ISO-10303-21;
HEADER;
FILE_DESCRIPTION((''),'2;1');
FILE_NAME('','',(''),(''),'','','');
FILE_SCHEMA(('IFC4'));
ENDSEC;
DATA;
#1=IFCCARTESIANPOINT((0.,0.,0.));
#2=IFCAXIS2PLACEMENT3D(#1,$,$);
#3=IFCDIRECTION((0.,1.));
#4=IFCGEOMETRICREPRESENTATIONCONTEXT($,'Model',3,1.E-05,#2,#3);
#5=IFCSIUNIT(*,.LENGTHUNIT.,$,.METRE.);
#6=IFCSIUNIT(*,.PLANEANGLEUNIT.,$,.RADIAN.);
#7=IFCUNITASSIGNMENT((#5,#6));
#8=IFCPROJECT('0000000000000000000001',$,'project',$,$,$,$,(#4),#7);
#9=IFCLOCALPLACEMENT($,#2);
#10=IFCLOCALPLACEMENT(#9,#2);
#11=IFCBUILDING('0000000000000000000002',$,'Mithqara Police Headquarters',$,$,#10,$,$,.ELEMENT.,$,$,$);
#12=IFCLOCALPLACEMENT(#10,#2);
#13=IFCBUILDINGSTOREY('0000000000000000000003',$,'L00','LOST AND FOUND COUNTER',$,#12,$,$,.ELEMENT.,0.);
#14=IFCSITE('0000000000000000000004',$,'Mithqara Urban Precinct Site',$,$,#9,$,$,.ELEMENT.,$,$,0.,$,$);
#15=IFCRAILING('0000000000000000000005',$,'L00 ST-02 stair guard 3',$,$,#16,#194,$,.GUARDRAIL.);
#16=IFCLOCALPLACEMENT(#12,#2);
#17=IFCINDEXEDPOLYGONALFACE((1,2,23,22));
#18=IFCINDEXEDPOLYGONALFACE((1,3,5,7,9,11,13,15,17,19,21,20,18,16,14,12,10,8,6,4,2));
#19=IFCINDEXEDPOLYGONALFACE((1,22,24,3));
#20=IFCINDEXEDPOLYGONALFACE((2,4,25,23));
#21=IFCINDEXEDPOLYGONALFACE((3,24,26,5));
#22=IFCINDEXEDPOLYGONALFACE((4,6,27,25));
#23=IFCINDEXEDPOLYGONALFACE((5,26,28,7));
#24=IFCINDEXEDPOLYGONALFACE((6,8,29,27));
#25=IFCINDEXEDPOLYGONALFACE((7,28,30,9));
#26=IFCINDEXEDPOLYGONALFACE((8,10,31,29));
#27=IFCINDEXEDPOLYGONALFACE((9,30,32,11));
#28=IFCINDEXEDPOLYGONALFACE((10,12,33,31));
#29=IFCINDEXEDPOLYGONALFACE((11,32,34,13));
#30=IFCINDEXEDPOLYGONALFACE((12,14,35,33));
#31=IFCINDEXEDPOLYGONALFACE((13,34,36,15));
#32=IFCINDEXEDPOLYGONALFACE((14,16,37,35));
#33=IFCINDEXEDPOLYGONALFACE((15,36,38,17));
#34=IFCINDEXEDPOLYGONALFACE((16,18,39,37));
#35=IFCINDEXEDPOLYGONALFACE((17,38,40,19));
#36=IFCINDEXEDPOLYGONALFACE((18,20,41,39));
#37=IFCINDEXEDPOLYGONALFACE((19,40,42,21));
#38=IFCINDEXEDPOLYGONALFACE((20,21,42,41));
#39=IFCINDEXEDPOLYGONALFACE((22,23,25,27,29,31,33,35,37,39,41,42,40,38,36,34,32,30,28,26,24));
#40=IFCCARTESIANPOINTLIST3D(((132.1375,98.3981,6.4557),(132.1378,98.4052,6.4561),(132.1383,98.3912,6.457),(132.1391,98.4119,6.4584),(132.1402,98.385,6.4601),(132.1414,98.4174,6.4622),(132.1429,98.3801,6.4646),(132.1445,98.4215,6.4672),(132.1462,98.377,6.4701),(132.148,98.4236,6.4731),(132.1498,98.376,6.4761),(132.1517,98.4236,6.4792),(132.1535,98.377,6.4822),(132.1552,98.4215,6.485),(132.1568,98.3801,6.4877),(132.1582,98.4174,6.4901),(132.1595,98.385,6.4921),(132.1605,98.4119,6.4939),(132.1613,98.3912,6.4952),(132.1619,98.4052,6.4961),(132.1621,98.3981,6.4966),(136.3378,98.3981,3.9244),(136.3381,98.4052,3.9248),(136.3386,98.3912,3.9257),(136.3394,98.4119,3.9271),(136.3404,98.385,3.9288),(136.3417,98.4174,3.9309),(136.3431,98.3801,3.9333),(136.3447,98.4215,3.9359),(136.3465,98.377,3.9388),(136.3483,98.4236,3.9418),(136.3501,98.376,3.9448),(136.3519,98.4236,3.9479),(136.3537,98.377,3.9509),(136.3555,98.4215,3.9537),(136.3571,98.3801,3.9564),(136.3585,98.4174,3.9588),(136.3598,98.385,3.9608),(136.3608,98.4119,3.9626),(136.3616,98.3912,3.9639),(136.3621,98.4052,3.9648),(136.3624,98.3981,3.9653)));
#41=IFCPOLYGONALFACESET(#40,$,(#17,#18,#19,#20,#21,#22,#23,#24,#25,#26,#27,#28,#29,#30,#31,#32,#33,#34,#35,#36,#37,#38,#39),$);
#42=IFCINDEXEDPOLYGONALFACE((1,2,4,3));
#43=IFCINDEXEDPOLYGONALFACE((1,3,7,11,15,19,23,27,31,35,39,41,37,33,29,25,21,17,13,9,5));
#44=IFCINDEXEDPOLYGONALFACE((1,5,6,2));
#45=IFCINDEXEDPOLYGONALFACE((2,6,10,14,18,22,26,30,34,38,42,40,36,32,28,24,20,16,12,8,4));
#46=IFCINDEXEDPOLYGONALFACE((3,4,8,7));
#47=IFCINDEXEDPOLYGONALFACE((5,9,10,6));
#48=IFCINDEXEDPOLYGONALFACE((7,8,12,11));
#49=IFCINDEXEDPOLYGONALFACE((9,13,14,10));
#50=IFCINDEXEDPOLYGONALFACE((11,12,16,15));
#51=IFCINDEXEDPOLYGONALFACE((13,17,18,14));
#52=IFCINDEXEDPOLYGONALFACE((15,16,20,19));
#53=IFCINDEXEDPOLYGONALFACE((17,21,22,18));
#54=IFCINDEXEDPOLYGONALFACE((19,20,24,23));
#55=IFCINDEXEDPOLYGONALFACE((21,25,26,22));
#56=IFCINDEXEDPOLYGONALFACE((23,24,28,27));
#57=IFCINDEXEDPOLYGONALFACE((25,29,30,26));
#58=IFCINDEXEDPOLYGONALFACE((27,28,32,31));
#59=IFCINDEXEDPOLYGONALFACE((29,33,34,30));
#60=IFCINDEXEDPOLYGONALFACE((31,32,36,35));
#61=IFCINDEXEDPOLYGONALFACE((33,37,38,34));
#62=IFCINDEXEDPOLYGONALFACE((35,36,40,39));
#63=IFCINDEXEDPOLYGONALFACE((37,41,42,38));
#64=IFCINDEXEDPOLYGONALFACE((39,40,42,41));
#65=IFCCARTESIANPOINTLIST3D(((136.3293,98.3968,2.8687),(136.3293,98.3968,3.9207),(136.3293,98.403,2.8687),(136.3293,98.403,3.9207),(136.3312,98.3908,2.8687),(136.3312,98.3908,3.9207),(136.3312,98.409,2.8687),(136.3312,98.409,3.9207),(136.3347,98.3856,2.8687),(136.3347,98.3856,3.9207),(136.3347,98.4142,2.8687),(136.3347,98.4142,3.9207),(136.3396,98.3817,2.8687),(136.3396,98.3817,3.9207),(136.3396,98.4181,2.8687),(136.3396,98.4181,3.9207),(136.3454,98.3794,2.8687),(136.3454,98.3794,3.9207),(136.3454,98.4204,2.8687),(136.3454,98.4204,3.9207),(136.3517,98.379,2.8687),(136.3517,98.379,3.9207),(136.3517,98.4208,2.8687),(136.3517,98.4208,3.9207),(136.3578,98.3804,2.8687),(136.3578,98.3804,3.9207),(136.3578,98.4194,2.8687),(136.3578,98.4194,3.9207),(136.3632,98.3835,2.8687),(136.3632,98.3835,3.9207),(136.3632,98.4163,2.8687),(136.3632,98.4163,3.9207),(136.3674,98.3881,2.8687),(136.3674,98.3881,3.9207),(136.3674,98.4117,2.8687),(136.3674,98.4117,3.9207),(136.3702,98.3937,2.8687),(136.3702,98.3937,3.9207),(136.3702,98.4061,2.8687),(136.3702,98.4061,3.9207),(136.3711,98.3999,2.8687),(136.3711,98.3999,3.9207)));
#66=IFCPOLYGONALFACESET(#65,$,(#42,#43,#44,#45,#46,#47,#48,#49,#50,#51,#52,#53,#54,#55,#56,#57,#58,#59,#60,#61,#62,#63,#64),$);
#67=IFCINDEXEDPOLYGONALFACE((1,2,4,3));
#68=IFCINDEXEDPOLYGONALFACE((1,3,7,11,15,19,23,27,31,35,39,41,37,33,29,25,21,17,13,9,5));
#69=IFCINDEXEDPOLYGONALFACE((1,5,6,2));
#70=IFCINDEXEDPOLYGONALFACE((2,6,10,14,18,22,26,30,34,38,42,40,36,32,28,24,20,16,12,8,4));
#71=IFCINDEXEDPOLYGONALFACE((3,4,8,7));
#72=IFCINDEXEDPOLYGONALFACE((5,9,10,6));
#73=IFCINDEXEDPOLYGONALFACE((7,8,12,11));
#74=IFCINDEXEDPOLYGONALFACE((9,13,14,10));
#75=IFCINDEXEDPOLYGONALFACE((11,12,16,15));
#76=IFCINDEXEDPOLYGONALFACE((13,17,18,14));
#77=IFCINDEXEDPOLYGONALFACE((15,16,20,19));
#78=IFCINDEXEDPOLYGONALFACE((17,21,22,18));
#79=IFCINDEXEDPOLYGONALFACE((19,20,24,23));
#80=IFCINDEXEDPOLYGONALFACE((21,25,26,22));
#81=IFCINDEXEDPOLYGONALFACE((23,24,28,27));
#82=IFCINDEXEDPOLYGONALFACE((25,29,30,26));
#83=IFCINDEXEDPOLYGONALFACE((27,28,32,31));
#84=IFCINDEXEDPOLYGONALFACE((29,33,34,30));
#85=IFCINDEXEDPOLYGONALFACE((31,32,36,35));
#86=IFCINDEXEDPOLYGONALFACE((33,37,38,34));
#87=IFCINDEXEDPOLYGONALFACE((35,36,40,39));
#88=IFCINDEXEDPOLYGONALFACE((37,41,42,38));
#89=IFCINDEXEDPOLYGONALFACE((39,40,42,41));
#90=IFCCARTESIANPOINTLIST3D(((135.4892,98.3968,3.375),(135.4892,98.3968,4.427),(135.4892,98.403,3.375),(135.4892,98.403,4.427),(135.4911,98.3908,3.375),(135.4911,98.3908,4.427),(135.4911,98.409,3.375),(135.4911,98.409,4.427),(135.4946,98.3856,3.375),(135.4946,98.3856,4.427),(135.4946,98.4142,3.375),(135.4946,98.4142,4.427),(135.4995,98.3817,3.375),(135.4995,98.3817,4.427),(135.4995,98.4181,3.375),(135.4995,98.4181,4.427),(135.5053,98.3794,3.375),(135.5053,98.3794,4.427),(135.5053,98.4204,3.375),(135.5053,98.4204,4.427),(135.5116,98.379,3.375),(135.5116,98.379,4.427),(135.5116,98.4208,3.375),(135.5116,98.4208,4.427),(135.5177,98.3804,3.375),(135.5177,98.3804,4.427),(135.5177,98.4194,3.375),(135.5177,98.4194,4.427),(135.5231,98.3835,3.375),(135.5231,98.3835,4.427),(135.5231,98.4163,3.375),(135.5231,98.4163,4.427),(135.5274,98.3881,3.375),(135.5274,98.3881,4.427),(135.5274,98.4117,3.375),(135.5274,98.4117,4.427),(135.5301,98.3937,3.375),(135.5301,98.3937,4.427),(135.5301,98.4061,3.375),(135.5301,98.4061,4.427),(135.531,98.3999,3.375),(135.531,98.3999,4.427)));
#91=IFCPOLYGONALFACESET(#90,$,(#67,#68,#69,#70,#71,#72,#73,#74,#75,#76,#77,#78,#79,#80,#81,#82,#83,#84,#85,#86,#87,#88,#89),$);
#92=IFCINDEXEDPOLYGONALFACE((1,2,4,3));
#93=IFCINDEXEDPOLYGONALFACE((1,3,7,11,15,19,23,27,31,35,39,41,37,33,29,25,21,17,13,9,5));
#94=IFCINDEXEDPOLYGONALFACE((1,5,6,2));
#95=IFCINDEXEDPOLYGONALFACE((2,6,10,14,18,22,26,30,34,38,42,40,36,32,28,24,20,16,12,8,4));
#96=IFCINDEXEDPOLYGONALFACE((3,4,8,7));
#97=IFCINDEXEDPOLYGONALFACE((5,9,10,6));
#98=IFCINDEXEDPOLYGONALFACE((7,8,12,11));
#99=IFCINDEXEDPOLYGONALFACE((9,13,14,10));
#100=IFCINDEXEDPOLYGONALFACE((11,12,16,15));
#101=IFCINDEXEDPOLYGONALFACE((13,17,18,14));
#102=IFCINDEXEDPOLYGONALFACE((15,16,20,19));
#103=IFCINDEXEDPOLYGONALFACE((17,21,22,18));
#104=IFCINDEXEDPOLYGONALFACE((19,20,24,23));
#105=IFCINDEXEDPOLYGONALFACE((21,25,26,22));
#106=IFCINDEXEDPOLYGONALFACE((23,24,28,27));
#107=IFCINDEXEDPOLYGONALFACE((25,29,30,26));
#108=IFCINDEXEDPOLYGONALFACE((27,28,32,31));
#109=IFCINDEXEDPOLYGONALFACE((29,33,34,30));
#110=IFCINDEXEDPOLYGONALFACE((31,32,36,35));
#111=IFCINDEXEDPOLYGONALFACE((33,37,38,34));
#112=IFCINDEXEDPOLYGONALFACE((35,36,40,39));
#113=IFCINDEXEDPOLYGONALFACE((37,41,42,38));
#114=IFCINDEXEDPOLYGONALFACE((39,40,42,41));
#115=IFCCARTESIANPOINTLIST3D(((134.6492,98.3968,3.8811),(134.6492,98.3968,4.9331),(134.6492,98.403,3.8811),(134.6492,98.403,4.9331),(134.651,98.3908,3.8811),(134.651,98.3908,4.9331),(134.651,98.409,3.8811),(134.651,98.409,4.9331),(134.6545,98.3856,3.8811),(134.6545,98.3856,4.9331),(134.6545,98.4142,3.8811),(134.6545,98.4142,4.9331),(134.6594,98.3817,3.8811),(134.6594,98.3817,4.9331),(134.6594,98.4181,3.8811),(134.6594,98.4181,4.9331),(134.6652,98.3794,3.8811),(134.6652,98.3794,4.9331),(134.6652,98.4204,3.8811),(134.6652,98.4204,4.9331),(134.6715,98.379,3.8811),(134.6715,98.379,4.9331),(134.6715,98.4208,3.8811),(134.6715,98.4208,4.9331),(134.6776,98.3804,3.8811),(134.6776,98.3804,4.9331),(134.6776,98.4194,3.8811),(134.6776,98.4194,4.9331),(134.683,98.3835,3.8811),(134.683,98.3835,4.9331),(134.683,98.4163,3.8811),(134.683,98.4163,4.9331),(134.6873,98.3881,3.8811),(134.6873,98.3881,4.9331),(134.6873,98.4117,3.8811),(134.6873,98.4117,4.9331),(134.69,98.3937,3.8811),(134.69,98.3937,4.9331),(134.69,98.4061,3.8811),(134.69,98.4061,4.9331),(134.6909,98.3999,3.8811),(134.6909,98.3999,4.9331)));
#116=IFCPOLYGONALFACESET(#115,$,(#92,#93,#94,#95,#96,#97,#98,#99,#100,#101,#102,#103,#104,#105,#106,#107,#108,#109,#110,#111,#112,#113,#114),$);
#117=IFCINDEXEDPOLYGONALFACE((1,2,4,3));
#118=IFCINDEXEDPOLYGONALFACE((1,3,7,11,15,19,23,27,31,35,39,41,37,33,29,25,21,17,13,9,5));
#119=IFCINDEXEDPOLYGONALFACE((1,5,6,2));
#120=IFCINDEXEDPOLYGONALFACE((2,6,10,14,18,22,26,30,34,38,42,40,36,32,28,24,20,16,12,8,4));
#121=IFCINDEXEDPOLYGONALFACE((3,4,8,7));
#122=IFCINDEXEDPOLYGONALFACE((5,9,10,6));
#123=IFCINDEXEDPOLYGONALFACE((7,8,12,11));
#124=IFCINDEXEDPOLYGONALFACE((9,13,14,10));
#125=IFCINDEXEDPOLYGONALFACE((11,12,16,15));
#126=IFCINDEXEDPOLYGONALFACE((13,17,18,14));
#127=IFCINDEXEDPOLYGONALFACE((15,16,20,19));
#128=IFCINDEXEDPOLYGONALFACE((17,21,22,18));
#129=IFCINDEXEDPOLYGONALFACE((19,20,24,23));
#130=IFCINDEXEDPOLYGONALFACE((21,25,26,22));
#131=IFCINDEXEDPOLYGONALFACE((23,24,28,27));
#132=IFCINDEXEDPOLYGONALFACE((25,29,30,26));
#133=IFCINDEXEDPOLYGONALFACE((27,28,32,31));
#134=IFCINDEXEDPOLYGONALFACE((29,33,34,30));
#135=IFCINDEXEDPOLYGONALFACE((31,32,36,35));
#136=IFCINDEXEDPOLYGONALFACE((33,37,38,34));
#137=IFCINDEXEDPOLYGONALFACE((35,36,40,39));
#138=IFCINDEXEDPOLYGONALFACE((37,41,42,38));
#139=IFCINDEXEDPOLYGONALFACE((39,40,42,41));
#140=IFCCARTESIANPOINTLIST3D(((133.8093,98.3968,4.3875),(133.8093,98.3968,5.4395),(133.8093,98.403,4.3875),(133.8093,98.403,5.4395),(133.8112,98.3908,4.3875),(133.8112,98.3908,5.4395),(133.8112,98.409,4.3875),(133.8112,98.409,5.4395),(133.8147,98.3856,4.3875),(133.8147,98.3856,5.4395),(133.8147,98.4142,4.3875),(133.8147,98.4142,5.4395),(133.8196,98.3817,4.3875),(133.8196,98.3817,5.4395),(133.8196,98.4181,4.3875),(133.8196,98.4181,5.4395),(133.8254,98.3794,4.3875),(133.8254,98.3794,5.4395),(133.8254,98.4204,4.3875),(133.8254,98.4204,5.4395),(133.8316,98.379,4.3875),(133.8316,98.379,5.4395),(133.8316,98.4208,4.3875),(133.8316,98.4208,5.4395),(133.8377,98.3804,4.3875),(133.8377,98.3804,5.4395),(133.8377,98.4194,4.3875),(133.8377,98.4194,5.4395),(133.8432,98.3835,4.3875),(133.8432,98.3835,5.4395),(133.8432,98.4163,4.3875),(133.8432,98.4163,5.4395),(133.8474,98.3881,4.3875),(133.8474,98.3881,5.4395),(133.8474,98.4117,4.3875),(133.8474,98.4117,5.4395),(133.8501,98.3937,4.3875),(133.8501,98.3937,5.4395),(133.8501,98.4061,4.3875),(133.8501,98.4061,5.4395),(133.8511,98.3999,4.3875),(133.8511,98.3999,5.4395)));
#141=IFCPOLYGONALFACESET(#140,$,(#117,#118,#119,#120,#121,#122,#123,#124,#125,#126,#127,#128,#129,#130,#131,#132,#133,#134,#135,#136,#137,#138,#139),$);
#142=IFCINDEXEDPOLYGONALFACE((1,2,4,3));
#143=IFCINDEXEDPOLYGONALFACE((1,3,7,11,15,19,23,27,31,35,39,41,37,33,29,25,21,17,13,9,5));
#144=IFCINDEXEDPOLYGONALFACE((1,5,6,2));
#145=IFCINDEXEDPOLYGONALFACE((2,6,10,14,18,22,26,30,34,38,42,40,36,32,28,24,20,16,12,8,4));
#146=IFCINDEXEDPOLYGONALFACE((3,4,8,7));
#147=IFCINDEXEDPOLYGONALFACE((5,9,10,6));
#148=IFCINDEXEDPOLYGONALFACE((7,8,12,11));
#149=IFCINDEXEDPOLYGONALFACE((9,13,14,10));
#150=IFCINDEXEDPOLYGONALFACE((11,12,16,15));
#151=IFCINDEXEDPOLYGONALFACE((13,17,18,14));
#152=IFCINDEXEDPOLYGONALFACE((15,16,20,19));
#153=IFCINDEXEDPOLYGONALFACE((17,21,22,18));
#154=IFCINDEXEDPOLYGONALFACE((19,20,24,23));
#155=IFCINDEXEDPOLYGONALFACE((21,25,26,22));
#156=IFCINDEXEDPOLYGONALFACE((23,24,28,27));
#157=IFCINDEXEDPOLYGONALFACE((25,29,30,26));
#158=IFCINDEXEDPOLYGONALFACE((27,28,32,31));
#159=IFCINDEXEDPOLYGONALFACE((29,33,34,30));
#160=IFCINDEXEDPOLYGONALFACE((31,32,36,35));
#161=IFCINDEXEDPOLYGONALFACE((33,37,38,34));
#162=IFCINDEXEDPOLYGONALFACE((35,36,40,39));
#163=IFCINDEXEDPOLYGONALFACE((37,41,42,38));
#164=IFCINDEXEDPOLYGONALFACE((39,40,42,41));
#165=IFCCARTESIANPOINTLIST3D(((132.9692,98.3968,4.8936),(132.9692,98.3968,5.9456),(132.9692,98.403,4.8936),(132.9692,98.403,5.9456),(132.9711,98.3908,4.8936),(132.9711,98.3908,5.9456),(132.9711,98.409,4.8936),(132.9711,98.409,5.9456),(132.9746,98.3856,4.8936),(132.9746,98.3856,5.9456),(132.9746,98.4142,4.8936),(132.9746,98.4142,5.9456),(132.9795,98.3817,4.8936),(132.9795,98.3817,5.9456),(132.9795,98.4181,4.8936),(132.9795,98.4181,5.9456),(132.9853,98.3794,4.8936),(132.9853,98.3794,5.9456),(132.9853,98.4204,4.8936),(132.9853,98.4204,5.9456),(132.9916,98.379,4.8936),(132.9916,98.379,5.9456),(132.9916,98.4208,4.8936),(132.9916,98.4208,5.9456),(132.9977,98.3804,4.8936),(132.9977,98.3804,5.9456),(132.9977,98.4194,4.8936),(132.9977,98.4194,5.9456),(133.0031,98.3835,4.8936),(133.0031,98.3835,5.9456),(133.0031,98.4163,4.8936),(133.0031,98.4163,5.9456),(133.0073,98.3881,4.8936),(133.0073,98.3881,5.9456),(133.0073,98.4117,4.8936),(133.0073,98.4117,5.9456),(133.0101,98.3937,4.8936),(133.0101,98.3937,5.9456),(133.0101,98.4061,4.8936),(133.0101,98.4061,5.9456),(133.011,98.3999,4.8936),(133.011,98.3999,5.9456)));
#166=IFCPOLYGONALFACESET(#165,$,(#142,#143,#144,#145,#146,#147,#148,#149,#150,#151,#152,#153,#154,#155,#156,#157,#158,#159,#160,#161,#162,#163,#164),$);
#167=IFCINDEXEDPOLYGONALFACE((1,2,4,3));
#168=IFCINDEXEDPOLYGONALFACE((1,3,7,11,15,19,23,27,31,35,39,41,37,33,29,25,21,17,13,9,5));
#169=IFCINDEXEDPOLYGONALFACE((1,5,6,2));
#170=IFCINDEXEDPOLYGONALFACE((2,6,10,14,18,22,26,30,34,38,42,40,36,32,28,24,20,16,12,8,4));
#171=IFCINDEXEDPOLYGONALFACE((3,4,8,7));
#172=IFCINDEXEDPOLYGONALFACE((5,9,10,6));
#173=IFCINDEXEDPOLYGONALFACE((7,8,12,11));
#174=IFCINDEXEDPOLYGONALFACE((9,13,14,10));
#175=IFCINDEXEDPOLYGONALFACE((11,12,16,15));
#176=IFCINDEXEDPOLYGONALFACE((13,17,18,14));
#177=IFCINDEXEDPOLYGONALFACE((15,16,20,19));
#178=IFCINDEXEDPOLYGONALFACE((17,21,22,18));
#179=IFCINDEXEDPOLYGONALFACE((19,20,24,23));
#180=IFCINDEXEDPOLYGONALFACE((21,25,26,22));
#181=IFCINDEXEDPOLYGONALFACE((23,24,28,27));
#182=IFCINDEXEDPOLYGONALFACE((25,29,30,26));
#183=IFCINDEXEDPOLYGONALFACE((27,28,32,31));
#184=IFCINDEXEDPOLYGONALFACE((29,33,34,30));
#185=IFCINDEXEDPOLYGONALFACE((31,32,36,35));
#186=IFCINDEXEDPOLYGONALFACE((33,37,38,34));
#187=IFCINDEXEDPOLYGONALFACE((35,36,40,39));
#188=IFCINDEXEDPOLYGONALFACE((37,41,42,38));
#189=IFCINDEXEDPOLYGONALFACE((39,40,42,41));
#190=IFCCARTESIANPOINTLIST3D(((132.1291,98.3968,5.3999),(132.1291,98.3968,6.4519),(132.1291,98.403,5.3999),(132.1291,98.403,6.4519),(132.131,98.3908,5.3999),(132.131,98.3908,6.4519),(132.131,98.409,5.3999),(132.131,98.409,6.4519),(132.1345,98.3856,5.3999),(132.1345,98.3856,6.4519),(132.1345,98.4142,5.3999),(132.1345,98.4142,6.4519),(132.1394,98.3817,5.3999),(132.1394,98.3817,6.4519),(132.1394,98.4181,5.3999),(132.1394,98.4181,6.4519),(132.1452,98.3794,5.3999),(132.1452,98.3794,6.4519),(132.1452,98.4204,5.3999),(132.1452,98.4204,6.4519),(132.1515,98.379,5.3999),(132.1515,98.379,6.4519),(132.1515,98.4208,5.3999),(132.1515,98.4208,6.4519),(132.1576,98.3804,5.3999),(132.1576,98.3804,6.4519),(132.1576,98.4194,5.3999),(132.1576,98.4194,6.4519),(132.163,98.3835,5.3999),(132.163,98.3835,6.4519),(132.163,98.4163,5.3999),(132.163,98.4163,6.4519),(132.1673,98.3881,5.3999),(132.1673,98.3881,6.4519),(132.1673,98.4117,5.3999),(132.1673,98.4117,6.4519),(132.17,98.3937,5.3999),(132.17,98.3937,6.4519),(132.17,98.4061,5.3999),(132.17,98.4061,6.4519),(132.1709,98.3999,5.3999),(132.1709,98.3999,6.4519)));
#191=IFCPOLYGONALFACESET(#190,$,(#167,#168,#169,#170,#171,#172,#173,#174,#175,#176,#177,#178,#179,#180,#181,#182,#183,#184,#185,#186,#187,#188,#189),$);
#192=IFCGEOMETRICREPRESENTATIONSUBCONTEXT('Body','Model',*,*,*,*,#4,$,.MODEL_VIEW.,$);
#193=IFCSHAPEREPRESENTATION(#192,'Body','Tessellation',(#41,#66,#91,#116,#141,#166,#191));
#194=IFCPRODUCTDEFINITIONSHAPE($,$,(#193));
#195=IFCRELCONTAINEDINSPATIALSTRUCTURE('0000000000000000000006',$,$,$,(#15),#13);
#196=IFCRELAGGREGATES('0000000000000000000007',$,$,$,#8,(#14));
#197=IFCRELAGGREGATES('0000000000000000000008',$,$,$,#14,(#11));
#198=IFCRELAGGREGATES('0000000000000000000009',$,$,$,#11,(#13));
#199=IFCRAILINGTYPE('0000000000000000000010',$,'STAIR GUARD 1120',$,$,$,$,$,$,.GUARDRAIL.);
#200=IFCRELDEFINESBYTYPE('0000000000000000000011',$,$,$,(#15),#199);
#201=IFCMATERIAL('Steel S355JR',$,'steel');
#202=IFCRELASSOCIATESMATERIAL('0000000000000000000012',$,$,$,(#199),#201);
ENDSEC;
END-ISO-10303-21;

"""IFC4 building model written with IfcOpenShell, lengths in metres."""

from ifc_helpers import new_model, si_unit, direction, frame, origin, origin_2d, place, context, subcontext, project, spatial, circle, extrude, material, type_object, element, save


model = new_model("IFC4")

# Units and contexts
model_context = context("Model", 3, precision=1e-05, world=origin(), true_north=direction((0.0, 1.0)))
body_context = subcontext(model_context, "Body", "Model", "MODEL_VIEW")
ifc_project = project(units=[si_unit("LENGTHUNIT", "METRE"), si_unit("PLANEANGLEUNIT", "RADIAN")], contexts=[model_context])

# Site, building, storey
site_placement = place(None, origin())
site = spatial("IfcSite", under=ifc_project, at=site_placement, Name="Mithqara Urban Precinct Site", CompositionType="ELEMENT", RefElevation=0.0)
building_placement = place(site_placement, origin())
building = spatial("IfcBuilding", under=site, at=building_placement, Name="Mithqara Police Headquarters", CompositionType="ELEMENT")
storey_placement = place(building_placement, origin())
storey = spatial("IfcBuildingStorey", under=building, at=storey_placement, Name="L00", Description="LOST AND FOUND COUNTER", CompositionType="ELEMENT", Elevation=0.0)

# Shared definitions
ifc_material_1 = material(Name="Steel S355JR", Category="steel")

# Railing
railing_type_1 = type_object("IfcRailingType", Name="STAIR GUARD 1120", PredefinedType="GUARDRAIL", material=ifc_material_1)
railing_1_placement = place(storey_placement, frame((136.3501, 98.3999, 2.8687)))
element("IfcRailing", 1, at=railing_1_placement, inside=storey, type_object=railing_type_1, Name="L00 ST-02 stair guard 3", PredefinedType="GUARDRAIL", context=body_context, shape_type="SweptSolid", body=[
    extrude(circle(Radius=0.0239, at=origin_2d()), frame((0.0, 0.0, 1.0762), z_axis=(-0.85649, 0.0, 0.516164), x_axis=(0.0, -1.0, 0.0)), (0.0, 0.0, 1.0), 4.9041),
    extrude(circle(Radius=0.021, at=origin_2d()), origin(), (0.0, 0.0, 1.0), 1.052),
    extrude(circle(Radius=0.021, at=origin_2d()), frame((-0.8401, 0.0, 0.5063)), (0.0, 0.0, 1.0), 1.052),
    extrude(circle(Radius=0.021, at=origin_2d()), frame((-1.6802, 0.0, 1.0125)), (0.0, 0.0, 1.0), 1.052),
    extrude(circle(Radius=0.021, at=origin_2d()), frame((-2.52, 0.0, 1.5188)), (0.0, 0.0, 1.0), 1.052),
    extrude(circle(Radius=0.021, at=origin_2d()), frame((-3.3601, 0.0, 2.0249)), (0.0, 0.0, 1.0), 1.052),
    extrude(circle(Radius=0.021, at=origin_2d()), frame((-4.2002, 0.0, 2.5312)), (0.0, 0.0, 1.0), 1.052),
])

save(model, "model.ifc")
